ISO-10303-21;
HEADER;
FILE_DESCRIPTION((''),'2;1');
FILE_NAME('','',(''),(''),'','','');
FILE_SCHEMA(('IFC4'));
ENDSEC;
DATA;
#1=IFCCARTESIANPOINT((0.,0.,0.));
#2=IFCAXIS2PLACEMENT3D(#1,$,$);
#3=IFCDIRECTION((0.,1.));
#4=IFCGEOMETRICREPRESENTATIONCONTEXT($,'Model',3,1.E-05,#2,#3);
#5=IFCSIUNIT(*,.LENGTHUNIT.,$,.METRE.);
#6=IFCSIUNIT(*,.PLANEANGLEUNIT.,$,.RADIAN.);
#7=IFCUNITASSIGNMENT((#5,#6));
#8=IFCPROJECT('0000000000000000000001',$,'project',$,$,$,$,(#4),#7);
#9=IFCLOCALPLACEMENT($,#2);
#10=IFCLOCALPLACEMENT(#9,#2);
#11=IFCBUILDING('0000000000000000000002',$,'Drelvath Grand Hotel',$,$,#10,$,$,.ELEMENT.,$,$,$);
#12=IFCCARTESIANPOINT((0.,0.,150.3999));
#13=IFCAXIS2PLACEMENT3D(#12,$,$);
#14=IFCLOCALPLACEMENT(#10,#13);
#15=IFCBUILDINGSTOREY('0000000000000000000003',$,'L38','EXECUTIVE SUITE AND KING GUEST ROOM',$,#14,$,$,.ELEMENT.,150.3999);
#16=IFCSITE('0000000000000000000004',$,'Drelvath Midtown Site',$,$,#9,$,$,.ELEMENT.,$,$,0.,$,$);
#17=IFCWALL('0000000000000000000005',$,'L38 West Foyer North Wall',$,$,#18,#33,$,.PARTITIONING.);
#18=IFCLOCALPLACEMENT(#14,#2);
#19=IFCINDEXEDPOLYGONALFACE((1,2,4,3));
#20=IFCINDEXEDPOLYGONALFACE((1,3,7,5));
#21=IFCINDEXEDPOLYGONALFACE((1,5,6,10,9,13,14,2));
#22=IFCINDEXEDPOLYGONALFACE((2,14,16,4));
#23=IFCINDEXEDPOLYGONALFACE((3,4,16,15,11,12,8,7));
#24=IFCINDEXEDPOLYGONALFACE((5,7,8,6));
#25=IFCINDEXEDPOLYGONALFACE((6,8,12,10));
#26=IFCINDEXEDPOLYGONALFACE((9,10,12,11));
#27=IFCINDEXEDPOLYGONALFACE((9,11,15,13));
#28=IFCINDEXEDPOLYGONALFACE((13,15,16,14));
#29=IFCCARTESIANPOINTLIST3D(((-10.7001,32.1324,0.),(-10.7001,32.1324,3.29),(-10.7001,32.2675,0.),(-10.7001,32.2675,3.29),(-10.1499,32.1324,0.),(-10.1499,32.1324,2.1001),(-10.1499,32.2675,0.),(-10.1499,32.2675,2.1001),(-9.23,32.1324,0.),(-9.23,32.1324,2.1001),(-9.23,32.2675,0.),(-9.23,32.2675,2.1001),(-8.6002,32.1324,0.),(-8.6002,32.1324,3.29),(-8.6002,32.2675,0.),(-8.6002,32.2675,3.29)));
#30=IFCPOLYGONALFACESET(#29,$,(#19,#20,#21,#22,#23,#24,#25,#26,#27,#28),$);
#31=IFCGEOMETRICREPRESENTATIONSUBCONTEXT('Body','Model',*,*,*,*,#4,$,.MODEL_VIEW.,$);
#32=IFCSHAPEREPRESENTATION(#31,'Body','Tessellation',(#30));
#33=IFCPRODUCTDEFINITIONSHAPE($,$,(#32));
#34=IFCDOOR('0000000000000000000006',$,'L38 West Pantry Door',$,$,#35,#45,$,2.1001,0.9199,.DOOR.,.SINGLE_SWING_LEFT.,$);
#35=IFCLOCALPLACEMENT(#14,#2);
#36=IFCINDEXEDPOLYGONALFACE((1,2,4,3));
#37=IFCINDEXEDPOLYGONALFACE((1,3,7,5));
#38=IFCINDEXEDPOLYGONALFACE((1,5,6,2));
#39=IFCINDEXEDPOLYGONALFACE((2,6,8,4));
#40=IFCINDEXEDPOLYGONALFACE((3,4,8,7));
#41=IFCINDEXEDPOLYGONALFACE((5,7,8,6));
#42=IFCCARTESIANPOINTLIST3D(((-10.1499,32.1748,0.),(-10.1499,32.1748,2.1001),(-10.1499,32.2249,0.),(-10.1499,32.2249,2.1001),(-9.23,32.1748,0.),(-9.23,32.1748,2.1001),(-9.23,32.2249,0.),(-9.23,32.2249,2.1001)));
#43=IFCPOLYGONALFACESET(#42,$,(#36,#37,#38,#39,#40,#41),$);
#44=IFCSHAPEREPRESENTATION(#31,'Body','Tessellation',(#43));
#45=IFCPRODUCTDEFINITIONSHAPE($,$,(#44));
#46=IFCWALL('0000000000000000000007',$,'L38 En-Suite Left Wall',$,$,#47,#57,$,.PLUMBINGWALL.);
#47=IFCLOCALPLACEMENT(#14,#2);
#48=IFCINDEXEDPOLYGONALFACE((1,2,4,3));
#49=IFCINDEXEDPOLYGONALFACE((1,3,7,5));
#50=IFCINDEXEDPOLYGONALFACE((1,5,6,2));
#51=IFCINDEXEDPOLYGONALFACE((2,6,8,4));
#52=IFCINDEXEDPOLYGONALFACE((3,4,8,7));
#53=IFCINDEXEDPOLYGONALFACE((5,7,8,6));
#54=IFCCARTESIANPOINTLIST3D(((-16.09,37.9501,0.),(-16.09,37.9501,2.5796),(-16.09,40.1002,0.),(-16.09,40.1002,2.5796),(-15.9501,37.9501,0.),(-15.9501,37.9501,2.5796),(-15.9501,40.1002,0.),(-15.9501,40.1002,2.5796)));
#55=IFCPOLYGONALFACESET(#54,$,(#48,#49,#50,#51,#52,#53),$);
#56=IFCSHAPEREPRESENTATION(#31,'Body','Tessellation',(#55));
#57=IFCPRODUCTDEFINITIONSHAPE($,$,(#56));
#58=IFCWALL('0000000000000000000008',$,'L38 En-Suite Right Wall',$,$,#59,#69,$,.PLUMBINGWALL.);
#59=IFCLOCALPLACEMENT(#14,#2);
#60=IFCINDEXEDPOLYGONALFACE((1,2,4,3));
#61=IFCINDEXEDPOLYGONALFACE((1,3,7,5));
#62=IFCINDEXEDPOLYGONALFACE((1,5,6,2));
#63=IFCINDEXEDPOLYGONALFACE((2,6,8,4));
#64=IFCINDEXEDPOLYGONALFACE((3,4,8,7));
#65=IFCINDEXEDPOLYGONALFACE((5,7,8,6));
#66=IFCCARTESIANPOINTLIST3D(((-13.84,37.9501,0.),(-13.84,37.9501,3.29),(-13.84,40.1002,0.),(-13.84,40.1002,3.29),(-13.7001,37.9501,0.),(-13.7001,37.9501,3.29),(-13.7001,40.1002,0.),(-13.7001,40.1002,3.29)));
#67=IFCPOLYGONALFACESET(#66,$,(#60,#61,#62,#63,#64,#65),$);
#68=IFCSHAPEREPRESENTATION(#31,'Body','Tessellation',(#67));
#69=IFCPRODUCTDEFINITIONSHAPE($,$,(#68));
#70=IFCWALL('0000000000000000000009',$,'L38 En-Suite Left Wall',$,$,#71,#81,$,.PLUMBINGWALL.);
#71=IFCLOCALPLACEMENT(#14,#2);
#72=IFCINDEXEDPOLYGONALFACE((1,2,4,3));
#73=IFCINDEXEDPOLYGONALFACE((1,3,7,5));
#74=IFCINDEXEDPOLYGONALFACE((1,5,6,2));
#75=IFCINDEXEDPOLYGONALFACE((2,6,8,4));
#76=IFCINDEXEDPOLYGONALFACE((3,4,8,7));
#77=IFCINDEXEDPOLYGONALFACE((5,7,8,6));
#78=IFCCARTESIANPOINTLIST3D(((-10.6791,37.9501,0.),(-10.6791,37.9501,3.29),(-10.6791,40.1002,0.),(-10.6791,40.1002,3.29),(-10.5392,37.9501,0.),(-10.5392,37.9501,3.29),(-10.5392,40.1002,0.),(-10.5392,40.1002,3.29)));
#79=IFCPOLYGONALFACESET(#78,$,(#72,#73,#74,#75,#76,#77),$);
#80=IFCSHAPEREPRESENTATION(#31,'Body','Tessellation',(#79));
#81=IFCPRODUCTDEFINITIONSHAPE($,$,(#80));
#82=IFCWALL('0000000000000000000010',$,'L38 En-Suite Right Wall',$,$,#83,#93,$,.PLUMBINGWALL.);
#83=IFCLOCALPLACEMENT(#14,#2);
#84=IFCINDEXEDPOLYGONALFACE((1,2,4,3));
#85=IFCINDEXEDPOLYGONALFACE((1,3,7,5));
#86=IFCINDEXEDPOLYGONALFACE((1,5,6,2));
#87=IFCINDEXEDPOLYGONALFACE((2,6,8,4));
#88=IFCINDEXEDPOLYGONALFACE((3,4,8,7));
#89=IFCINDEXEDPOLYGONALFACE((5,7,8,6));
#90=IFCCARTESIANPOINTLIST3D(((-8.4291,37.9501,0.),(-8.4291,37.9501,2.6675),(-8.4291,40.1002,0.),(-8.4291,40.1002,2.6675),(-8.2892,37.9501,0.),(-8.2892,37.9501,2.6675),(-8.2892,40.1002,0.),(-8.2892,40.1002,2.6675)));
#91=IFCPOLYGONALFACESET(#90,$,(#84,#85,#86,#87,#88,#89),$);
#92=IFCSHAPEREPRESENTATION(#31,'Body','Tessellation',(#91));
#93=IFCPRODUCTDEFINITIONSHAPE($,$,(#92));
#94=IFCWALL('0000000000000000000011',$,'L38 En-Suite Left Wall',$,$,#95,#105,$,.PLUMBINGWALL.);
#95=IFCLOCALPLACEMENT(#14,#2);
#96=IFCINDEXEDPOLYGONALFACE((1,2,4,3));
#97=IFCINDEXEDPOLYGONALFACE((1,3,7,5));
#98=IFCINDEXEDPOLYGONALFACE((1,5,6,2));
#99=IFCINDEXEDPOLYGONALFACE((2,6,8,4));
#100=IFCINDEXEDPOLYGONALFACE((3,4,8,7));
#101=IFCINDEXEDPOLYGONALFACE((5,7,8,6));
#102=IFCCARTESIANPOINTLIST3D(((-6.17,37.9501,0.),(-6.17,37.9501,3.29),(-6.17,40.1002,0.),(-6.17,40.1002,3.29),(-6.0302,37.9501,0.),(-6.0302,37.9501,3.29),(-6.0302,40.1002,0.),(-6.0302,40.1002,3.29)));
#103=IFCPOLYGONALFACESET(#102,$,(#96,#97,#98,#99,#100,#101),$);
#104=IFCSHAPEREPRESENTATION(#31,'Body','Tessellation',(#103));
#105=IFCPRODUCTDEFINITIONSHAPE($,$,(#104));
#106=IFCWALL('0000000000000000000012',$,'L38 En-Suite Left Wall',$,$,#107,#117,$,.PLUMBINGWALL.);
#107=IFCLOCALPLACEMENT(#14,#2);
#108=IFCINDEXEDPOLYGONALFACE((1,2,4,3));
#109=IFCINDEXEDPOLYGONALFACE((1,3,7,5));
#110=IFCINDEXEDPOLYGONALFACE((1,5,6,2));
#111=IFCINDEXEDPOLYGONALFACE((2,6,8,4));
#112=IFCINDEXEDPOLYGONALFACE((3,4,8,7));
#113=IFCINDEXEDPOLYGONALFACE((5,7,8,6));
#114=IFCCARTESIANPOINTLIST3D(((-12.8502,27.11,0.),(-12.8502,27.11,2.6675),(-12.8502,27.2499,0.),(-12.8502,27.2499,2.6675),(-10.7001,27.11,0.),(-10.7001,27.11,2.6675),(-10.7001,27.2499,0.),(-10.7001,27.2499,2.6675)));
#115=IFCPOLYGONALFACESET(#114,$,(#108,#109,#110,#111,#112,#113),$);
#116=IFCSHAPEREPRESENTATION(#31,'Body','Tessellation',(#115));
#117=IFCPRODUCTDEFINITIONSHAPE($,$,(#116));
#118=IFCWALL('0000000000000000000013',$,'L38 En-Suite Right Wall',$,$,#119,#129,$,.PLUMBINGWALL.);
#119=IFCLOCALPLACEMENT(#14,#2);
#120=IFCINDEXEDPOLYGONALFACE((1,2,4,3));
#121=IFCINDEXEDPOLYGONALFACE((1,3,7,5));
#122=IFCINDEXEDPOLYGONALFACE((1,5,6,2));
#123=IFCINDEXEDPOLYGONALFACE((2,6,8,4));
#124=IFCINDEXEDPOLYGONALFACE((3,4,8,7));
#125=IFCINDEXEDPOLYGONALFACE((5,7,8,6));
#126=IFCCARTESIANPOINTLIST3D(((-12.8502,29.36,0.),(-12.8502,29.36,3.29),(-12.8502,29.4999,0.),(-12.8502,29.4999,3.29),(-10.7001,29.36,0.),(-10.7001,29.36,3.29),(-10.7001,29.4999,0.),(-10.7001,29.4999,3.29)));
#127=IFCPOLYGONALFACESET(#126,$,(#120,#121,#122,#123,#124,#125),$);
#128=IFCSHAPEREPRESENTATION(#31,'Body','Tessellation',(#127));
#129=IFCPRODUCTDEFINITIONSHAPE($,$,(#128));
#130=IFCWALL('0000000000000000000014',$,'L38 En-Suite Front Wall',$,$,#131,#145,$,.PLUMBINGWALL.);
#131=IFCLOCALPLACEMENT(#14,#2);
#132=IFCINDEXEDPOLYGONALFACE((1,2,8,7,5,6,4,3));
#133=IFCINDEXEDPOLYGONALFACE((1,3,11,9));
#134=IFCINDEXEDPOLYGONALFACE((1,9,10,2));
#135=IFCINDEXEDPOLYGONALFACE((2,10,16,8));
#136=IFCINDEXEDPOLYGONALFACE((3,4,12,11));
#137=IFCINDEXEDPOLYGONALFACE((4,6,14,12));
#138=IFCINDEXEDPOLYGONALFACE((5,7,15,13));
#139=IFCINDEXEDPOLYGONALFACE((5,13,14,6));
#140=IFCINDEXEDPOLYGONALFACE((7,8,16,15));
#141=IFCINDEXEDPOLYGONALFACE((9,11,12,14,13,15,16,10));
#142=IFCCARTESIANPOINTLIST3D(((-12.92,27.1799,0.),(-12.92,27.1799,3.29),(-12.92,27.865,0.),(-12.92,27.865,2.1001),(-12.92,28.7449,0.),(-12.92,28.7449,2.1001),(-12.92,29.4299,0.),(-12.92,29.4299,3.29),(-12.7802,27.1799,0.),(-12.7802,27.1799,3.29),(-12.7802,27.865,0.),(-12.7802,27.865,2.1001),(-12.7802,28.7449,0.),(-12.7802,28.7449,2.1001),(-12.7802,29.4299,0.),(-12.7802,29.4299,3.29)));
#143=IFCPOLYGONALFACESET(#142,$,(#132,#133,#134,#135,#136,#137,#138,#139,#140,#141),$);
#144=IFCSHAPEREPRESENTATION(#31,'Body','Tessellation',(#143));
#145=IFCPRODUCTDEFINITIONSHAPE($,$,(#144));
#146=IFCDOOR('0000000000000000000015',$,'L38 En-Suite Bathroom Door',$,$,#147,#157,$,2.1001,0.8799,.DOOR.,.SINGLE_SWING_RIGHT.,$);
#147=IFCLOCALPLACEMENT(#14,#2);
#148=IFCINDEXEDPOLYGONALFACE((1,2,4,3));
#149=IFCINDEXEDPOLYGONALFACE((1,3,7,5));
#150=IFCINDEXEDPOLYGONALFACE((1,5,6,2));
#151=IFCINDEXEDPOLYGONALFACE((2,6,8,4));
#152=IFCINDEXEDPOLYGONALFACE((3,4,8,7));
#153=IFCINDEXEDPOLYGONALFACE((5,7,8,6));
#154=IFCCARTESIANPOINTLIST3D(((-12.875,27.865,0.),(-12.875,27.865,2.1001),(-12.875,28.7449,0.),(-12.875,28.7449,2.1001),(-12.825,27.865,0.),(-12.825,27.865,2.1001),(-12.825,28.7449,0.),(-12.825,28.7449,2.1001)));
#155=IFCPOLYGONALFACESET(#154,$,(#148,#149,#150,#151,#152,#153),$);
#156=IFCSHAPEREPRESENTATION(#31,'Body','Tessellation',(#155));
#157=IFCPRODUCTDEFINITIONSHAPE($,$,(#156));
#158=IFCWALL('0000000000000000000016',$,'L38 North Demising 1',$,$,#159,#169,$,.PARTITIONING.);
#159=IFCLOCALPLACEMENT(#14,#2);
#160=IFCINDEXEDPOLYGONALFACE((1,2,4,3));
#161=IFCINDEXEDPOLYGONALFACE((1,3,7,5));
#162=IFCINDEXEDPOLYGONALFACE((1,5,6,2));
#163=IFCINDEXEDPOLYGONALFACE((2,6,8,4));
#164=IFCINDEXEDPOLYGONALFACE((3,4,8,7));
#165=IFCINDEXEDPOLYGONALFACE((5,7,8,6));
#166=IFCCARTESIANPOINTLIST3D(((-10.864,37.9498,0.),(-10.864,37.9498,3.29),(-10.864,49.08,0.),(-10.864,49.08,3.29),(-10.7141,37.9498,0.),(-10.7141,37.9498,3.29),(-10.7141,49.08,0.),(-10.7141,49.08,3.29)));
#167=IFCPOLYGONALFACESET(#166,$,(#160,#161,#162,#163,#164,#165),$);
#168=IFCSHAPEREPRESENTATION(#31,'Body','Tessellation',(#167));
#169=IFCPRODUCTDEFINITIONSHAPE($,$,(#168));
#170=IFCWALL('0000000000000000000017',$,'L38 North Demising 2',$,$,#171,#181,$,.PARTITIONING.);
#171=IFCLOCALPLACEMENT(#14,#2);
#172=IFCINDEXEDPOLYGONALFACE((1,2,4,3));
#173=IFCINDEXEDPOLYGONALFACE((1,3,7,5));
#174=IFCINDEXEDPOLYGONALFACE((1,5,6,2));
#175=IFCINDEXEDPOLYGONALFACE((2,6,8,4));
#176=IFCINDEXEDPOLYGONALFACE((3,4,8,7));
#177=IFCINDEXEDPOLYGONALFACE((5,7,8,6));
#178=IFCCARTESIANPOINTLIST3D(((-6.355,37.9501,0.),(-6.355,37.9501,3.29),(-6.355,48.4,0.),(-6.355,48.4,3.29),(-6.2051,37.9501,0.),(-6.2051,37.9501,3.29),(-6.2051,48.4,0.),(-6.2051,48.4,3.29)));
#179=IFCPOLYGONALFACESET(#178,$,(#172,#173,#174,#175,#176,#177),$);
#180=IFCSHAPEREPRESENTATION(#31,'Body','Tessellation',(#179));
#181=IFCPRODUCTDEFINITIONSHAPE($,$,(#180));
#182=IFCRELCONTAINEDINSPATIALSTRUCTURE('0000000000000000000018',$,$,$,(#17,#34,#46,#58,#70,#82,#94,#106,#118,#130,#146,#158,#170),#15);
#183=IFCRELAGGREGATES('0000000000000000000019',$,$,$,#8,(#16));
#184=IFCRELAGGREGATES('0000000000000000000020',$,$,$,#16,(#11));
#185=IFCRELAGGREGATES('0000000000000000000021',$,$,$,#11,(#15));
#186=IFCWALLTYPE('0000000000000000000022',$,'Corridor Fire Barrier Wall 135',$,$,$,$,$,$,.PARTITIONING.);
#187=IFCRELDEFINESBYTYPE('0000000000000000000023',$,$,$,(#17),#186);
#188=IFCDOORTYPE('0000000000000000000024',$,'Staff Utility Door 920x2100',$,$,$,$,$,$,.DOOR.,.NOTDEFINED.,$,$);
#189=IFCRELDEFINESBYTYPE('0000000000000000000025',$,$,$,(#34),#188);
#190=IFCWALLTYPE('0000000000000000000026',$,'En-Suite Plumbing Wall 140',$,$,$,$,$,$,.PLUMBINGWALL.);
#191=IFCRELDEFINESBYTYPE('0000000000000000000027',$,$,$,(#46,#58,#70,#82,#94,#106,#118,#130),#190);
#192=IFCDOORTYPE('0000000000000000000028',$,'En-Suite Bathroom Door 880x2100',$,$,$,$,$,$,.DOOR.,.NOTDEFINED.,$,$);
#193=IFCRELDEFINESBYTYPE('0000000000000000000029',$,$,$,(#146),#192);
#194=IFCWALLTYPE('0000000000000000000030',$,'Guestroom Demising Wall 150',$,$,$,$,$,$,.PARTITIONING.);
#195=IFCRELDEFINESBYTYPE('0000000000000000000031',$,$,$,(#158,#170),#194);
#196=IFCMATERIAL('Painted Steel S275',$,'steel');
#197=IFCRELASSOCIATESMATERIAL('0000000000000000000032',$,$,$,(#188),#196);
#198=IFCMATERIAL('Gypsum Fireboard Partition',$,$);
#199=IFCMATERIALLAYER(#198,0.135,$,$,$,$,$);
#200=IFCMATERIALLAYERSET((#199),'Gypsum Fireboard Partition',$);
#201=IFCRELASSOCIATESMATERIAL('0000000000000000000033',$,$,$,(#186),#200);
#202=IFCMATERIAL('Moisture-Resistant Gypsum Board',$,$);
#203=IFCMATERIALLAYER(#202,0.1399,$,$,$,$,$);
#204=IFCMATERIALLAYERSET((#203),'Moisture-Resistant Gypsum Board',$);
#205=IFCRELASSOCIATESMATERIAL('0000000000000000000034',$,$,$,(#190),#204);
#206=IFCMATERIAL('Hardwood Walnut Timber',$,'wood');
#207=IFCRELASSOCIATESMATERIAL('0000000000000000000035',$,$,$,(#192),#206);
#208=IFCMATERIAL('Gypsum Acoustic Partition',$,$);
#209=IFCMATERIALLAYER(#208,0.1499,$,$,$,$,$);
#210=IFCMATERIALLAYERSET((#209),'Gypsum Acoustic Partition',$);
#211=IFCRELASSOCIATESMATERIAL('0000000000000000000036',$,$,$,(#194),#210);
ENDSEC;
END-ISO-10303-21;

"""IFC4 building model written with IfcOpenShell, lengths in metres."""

from ifc_helpers import new_model, si_unit, direction, frame, frame_2d, origin, place, context, subcontext, project, spatial, rectangle, extrude, material, layer, layer_set, type_object, element, fill, save


model = new_model("IFC4")

# Units and contexts
model_context = context("Model", 3, precision=1e-05, world=origin(), true_north=direction((0.0, 1.0)))
body_context = subcontext(model_context, "Body", "Model", "MODEL_VIEW")
ifc_project = project(units=[si_unit("LENGTHUNIT", "METRE"), si_unit("PLANEANGLEUNIT", "RADIAN")], contexts=[model_context])

# Site, building, storey
site_placement = place(None, origin())
site = spatial("IfcSite", under=ifc_project, at=site_placement, Name="Drelvath Midtown Site", CompositionType="ELEMENT", RefElevation=0.0)
building_placement = place(site_placement, origin())
building = spatial("IfcBuilding", under=site, at=building_placement, Name="Drelvath Grand Hotel", CompositionType="ELEMENT")
storey_placement = place(building_placement, frame((0.0, 0.0, 150.3999)))
storey = spatial("IfcBuildingStorey", under=building, at=storey_placement, Name="L38", Description="EXECUTIVE SUITE AND KING GUEST ROOM", CompositionType="ELEMENT", Elevation=150.3999)

# Shared definitions
ifc_material_1 = material(Name="Painted Steel S275", Category="steel")
door_type_1 = type_object("IfcDoorType", Name="Staff Utility Door 920x2100", OperationType="NOTDEFINED", PredefinedType="DOOR", material=ifc_material_1)

# Shared definitions
ifc_material_2 = material(Name="Gypsum Fireboard Partition")

# Wall, opening, door
ifc_layer_1 = layer(ifc_material_2, 0.135)
ifc_layer_set_1 = layer_set([ifc_layer_1], Name="Gypsum Fireboard Partition")
wall_type_1 = type_object("IfcWallType", Name="Corridor Fire Barrier Wall 135", PredefinedType="PARTITIONING", material=ifc_layer_set_1)
wall_1_placement = place(storey_placement, frame((-10.7, 32.2, 0.0), z_axis=(0.0, 0.0, 1.0), x_axis=(1.0, 0.0, 0.0)))
wall_1 = element("IfcWall", 1, at=wall_1_placement, inside=storey, type_object=wall_type_1, Name="L38 West Foyer North Wall", PredefinedType="PARTITIONING", context=body_context, shape_type="SweptSolid", body=[
    extrude(rectangle(XDim=2.0999, YDim=0.135, at=frame_2d((1.0498, 0.0))), origin(), (0.0, 0.0, 1.0), 3.29),
])
opening_1_placement = place(wall_1_placement, frame((0.55, 0.0, 0.0)))
opening_1 = element("IfcOpeningElement", 2, at=opening_1_placement, cuts=wall_1, PredefinedType="OPENING", context=body_context, shape_type="SweptSolid", body=[
    extrude(rectangle(XDim=0.9199, YDim=2.1001, at=frame_2d((0.46, 1.05))), frame((0.0, 0.0774, 0.0), z_axis=(0.0, -1.0, 0.0), x_axis=(1.0, 0.0, 0.0)), (0.0, 0.0, 1.0), 0.155),
])
door_1_placement = place(opening_1_placement, origin())
door_1 = element("IfcDoor", 3, at=door_1_placement, inside=storey, type_object=door_type_1, Name="L38 West Pantry Door", OperationType="SINGLE_SWING_LEFT", OverallHeight=2.1001, OverallWidth=0.9199, PredefinedType="DOOR", context=body_context, shape_type="SweptSolid", body=[
    extrude(rectangle(XDim=0.9199, YDim=2.1001, at=frame_2d((0.46, 1.05))), frame((0.0, 0.0249, 0.0), z_axis=(0.0, -1.0, 0.0), x_axis=(1.0, 0.0, 0.0)), (0.0, 0.0, 1.0), 0.05),
])
fill(opening_1, door_1)

# Walls
ifc_material_3 = material(Name="Moisture-Resistant Gypsum Board")
ifc_layer_2 = layer(ifc_material_3, 0.1399)
ifc_layer_set_2 = layer_set([ifc_layer_2], Name="Moisture-Resistant Gypsum Board")
wall_type_2 = type_object("IfcWallType", Name="En-Suite Plumbing Wall 140", PredefinedType="PLUMBINGWALL", material=ifc_layer_set_2)
wall_2_placement = place(storey_placement, frame((-16.02, 37.95, 0.0), z_axis=(0.0, 0.0, 1.0), x_axis=(0.0, 1.0, 0.0)))
element("IfcWall", 4, at=wall_2_placement, inside=storey, type_object=wall_type_2, Name="L38 En-Suite Left Wall", PredefinedType="PLUMBINGWALL", context=body_context, shape_type="SweptSolid", body=[
    extrude(rectangle(XDim=2.1501, YDim=0.1399, at=frame_2d((1.0752, 0.0))), origin(), (0.0, 0.0, 1.0), 2.5796),
])
for number, where, z_axis, x_axis, name in (
    (5, (-13.77, 37.95, 0.0), (0.0, 0.0, 1.0), (0.0, 1.0, 0.0), "L38 En-Suite Right Wall"),
    (6, (-10.6091, 37.95, 0.0), (0.0, 0.0, 1.0), (0.0, 1.0, 0.0), "L38 En-Suite Left Wall"),
):
    element("IfcWall", number, at=place(storey_placement, frame(where, z_axis=z_axis, x_axis=x_axis)), inside=storey, type_object=wall_type_2, Name=name, PredefinedType="PLUMBINGWALL", context=body_context, shape_type="SweptSolid", body=[
        extrude(rectangle(XDim=2.1501, YDim=0.1399, at=frame_2d((1.0752, 0.0))), origin(), (0.0, 0.0, 1.0), 3.29),
    ])
wall_3_placement = place(storey_placement, frame((-8.3591, 37.95, 0.0), z_axis=(0.0, 0.0, 1.0), x_axis=(0.0, 1.0, 0.0)))
element("IfcWall", 7, at=wall_3_placement, inside=storey, type_object=wall_type_2, Name="L38 En-Suite Right Wall", PredefinedType="PLUMBINGWALL", context=body_context, shape_type="SweptSolid", body=[
    extrude(rectangle(XDim=2.1501, YDim=0.1399, at=frame_2d((1.0752, 0.0))), origin(), (0.0, 0.0, 1.0), 2.6675),
])
wall_4_placement = place(storey_placement, frame((-6.1001, 37.95, 0.0), z_axis=(0.0, 0.0, 1.0), x_axis=(0.0, 1.0, 0.0)))
element("IfcWall", 8, at=wall_4_placement, inside=storey, type_object=wall_type_2, Name="L38 En-Suite Left Wall", PredefinedType="PLUMBINGWALL", context=body_context, shape_type="SweptSolid", body=[
    extrude(rectangle(XDim=2.1501, YDim=0.1399, at=frame_2d((1.0752, 0.0))), origin(), (0.0, 0.0, 1.0), 3.29),
])
wall_5_placement = place(storey_placement, frame((-10.7, 27.1799, 0.0), z_axis=(0.0, 0.0, 1.0), x_axis=(-1.0, 0.0, 0.0)))
element("IfcWall", 9, at=wall_5_placement, inside=storey, type_object=wall_type_2, Name="L38 En-Suite Left Wall", PredefinedType="PLUMBINGWALL", context=body_context, shape_type="SweptSolid", body=[
    extrude(rectangle(XDim=2.1501, YDim=0.1399, at=frame_2d((1.0752, 0.0))), origin(), (0.0, 0.0, 1.0), 2.6675),
])
wall_6_placement = place(storey_placement, frame((-10.7, 29.4299, 0.0), z_axis=(0.0, 0.0, 1.0), x_axis=(-1.0, 0.0, 0.0)))
element("IfcWall", 10, at=wall_6_placement, inside=storey, type_object=wall_type_2, Name="L38 En-Suite Right Wall", PredefinedType="PLUMBINGWALL", context=body_context, shape_type="SweptSolid", body=[
    extrude(rectangle(XDim=2.1501, YDim=0.1399, at=frame_2d((1.0752, 0.0))), origin(), (0.0, 0.0, 1.0), 3.29),
])

# Wall, opening, door
wall_7_placement = place(storey_placement, frame((-12.8501, 27.1799, 0.0), z_axis=(0.0, 0.0, 1.0), x_axis=(0.0, 1.0, 0.0)))
wall_7 = element("IfcWall", 11, at=wall_7_placement, inside=storey, type_object=wall_type_2, Name="L38 En-Suite Front Wall", PredefinedType="PLUMBINGWALL", context=body_context, shape_type="SweptSolid", body=[
    extrude(rectangle(XDim=2.25, YDim=0.1399, at=frame_2d((1.125, 0.0))), origin(), (0.0, 0.0, 1.0), 3.29),
])
opening_2_placement = place(wall_7_placement, frame((0.6851, 0.0, 0.0)))
opening_2 = element("IfcOpeningElement", 12, at=opening_2_placement, cuts=wall_7, PredefinedType="OPENING", context=body_context, shape_type="SweptSolid", body=[
    extrude(rectangle(XDim=0.8799, YDim=2.1001, at=frame_2d((0.4399, 1.05))), frame((0.0, 0.0798, 0.0), z_axis=(0.0, -1.0, 0.0), x_axis=(1.0, 0.0, 0.0)), (0.0, 0.0, 1.0), 0.1599),
])
ifc_material_4 = material(Name="Hardwood Walnut Timber", Category="wood")
door_type_2 = type_object("IfcDoorType", Name="En-Suite Bathroom Door 880x2100", OperationType="NOTDEFINED", PredefinedType="DOOR", material=ifc_material_4)
door_2_placement = place(opening_2_placement, origin())
door_2 = element("IfcDoor", 13, at=door_2_placement, inside=storey, type_object=door_type_2, Name="L38 En-Suite Bathroom Door", OperationType="SINGLE_SWING_RIGHT", OverallHeight=2.1001, OverallWidth=0.8799, PredefinedType="DOOR", context=body_context, shape_type="SweptSolid", body=[
    extrude(rectangle(XDim=0.8799, YDim=2.1001, at=frame_2d((0.4399, 1.05))), frame((0.0, 0.0249, 0.0), z_axis=(0.0, -1.0, 0.0), x_axis=(1.0, 0.0, 0.0)), (0.0, 0.0, 1.0), 0.05),
])
fill(opening_2, door_2)

# Walls
ifc_material_5 = material(Name="Gypsum Acoustic Partition")
ifc_layer_3 = layer(ifc_material_5, 0.1499)
ifc_layer_set_3 = layer_set([ifc_layer_3], Name="Gypsum Acoustic Partition")
wall_type_3 = type_object("IfcWallType", Name="Guestroom Demising Wall 150", PredefinedType="PARTITIONING", material=ifc_layer_set_3)
wall_8_placement = place(storey_placement, frame((-10.7891, 37.95, 0.0), z_axis=(0.0, 0.0, 1.0), x_axis=(0.0, 1.0, 0.0)))
element("IfcWall", 14, at=wall_8_placement, inside=storey, type_object=wall_type_3, Name="L38 North Demising 1", PredefinedType="PARTITIONING", context=body_context, shape_type="SweptSolid", body=[
    extrude(rectangle(XDim=11.1301, YDim=0.1499, at=frame_2d((5.5649, 0.0))), origin(), (0.0, 0.0, 1.0), 3.29),
])
wall_9_placement = place(storey_placement, frame((-6.28, 37.95, 0.0), z_axis=(0.0, 0.0, 1.0), x_axis=(0.0, 1.0, 0.0)))
element("IfcWall", 15, at=wall_9_placement, inside=storey, type_object=wall_type_3, Name="L38 North Demising 2", PredefinedType="PARTITIONING", context=body_context, shape_type="SweptSolid", body=[
    extrude(rectangle(XDim=10.45, YDim=0.1499, at=frame_2d((5.2251, 0.0))), origin(), (0.0, 0.0, 1.0), 3.29),
])

save(model, "model.ifc")
